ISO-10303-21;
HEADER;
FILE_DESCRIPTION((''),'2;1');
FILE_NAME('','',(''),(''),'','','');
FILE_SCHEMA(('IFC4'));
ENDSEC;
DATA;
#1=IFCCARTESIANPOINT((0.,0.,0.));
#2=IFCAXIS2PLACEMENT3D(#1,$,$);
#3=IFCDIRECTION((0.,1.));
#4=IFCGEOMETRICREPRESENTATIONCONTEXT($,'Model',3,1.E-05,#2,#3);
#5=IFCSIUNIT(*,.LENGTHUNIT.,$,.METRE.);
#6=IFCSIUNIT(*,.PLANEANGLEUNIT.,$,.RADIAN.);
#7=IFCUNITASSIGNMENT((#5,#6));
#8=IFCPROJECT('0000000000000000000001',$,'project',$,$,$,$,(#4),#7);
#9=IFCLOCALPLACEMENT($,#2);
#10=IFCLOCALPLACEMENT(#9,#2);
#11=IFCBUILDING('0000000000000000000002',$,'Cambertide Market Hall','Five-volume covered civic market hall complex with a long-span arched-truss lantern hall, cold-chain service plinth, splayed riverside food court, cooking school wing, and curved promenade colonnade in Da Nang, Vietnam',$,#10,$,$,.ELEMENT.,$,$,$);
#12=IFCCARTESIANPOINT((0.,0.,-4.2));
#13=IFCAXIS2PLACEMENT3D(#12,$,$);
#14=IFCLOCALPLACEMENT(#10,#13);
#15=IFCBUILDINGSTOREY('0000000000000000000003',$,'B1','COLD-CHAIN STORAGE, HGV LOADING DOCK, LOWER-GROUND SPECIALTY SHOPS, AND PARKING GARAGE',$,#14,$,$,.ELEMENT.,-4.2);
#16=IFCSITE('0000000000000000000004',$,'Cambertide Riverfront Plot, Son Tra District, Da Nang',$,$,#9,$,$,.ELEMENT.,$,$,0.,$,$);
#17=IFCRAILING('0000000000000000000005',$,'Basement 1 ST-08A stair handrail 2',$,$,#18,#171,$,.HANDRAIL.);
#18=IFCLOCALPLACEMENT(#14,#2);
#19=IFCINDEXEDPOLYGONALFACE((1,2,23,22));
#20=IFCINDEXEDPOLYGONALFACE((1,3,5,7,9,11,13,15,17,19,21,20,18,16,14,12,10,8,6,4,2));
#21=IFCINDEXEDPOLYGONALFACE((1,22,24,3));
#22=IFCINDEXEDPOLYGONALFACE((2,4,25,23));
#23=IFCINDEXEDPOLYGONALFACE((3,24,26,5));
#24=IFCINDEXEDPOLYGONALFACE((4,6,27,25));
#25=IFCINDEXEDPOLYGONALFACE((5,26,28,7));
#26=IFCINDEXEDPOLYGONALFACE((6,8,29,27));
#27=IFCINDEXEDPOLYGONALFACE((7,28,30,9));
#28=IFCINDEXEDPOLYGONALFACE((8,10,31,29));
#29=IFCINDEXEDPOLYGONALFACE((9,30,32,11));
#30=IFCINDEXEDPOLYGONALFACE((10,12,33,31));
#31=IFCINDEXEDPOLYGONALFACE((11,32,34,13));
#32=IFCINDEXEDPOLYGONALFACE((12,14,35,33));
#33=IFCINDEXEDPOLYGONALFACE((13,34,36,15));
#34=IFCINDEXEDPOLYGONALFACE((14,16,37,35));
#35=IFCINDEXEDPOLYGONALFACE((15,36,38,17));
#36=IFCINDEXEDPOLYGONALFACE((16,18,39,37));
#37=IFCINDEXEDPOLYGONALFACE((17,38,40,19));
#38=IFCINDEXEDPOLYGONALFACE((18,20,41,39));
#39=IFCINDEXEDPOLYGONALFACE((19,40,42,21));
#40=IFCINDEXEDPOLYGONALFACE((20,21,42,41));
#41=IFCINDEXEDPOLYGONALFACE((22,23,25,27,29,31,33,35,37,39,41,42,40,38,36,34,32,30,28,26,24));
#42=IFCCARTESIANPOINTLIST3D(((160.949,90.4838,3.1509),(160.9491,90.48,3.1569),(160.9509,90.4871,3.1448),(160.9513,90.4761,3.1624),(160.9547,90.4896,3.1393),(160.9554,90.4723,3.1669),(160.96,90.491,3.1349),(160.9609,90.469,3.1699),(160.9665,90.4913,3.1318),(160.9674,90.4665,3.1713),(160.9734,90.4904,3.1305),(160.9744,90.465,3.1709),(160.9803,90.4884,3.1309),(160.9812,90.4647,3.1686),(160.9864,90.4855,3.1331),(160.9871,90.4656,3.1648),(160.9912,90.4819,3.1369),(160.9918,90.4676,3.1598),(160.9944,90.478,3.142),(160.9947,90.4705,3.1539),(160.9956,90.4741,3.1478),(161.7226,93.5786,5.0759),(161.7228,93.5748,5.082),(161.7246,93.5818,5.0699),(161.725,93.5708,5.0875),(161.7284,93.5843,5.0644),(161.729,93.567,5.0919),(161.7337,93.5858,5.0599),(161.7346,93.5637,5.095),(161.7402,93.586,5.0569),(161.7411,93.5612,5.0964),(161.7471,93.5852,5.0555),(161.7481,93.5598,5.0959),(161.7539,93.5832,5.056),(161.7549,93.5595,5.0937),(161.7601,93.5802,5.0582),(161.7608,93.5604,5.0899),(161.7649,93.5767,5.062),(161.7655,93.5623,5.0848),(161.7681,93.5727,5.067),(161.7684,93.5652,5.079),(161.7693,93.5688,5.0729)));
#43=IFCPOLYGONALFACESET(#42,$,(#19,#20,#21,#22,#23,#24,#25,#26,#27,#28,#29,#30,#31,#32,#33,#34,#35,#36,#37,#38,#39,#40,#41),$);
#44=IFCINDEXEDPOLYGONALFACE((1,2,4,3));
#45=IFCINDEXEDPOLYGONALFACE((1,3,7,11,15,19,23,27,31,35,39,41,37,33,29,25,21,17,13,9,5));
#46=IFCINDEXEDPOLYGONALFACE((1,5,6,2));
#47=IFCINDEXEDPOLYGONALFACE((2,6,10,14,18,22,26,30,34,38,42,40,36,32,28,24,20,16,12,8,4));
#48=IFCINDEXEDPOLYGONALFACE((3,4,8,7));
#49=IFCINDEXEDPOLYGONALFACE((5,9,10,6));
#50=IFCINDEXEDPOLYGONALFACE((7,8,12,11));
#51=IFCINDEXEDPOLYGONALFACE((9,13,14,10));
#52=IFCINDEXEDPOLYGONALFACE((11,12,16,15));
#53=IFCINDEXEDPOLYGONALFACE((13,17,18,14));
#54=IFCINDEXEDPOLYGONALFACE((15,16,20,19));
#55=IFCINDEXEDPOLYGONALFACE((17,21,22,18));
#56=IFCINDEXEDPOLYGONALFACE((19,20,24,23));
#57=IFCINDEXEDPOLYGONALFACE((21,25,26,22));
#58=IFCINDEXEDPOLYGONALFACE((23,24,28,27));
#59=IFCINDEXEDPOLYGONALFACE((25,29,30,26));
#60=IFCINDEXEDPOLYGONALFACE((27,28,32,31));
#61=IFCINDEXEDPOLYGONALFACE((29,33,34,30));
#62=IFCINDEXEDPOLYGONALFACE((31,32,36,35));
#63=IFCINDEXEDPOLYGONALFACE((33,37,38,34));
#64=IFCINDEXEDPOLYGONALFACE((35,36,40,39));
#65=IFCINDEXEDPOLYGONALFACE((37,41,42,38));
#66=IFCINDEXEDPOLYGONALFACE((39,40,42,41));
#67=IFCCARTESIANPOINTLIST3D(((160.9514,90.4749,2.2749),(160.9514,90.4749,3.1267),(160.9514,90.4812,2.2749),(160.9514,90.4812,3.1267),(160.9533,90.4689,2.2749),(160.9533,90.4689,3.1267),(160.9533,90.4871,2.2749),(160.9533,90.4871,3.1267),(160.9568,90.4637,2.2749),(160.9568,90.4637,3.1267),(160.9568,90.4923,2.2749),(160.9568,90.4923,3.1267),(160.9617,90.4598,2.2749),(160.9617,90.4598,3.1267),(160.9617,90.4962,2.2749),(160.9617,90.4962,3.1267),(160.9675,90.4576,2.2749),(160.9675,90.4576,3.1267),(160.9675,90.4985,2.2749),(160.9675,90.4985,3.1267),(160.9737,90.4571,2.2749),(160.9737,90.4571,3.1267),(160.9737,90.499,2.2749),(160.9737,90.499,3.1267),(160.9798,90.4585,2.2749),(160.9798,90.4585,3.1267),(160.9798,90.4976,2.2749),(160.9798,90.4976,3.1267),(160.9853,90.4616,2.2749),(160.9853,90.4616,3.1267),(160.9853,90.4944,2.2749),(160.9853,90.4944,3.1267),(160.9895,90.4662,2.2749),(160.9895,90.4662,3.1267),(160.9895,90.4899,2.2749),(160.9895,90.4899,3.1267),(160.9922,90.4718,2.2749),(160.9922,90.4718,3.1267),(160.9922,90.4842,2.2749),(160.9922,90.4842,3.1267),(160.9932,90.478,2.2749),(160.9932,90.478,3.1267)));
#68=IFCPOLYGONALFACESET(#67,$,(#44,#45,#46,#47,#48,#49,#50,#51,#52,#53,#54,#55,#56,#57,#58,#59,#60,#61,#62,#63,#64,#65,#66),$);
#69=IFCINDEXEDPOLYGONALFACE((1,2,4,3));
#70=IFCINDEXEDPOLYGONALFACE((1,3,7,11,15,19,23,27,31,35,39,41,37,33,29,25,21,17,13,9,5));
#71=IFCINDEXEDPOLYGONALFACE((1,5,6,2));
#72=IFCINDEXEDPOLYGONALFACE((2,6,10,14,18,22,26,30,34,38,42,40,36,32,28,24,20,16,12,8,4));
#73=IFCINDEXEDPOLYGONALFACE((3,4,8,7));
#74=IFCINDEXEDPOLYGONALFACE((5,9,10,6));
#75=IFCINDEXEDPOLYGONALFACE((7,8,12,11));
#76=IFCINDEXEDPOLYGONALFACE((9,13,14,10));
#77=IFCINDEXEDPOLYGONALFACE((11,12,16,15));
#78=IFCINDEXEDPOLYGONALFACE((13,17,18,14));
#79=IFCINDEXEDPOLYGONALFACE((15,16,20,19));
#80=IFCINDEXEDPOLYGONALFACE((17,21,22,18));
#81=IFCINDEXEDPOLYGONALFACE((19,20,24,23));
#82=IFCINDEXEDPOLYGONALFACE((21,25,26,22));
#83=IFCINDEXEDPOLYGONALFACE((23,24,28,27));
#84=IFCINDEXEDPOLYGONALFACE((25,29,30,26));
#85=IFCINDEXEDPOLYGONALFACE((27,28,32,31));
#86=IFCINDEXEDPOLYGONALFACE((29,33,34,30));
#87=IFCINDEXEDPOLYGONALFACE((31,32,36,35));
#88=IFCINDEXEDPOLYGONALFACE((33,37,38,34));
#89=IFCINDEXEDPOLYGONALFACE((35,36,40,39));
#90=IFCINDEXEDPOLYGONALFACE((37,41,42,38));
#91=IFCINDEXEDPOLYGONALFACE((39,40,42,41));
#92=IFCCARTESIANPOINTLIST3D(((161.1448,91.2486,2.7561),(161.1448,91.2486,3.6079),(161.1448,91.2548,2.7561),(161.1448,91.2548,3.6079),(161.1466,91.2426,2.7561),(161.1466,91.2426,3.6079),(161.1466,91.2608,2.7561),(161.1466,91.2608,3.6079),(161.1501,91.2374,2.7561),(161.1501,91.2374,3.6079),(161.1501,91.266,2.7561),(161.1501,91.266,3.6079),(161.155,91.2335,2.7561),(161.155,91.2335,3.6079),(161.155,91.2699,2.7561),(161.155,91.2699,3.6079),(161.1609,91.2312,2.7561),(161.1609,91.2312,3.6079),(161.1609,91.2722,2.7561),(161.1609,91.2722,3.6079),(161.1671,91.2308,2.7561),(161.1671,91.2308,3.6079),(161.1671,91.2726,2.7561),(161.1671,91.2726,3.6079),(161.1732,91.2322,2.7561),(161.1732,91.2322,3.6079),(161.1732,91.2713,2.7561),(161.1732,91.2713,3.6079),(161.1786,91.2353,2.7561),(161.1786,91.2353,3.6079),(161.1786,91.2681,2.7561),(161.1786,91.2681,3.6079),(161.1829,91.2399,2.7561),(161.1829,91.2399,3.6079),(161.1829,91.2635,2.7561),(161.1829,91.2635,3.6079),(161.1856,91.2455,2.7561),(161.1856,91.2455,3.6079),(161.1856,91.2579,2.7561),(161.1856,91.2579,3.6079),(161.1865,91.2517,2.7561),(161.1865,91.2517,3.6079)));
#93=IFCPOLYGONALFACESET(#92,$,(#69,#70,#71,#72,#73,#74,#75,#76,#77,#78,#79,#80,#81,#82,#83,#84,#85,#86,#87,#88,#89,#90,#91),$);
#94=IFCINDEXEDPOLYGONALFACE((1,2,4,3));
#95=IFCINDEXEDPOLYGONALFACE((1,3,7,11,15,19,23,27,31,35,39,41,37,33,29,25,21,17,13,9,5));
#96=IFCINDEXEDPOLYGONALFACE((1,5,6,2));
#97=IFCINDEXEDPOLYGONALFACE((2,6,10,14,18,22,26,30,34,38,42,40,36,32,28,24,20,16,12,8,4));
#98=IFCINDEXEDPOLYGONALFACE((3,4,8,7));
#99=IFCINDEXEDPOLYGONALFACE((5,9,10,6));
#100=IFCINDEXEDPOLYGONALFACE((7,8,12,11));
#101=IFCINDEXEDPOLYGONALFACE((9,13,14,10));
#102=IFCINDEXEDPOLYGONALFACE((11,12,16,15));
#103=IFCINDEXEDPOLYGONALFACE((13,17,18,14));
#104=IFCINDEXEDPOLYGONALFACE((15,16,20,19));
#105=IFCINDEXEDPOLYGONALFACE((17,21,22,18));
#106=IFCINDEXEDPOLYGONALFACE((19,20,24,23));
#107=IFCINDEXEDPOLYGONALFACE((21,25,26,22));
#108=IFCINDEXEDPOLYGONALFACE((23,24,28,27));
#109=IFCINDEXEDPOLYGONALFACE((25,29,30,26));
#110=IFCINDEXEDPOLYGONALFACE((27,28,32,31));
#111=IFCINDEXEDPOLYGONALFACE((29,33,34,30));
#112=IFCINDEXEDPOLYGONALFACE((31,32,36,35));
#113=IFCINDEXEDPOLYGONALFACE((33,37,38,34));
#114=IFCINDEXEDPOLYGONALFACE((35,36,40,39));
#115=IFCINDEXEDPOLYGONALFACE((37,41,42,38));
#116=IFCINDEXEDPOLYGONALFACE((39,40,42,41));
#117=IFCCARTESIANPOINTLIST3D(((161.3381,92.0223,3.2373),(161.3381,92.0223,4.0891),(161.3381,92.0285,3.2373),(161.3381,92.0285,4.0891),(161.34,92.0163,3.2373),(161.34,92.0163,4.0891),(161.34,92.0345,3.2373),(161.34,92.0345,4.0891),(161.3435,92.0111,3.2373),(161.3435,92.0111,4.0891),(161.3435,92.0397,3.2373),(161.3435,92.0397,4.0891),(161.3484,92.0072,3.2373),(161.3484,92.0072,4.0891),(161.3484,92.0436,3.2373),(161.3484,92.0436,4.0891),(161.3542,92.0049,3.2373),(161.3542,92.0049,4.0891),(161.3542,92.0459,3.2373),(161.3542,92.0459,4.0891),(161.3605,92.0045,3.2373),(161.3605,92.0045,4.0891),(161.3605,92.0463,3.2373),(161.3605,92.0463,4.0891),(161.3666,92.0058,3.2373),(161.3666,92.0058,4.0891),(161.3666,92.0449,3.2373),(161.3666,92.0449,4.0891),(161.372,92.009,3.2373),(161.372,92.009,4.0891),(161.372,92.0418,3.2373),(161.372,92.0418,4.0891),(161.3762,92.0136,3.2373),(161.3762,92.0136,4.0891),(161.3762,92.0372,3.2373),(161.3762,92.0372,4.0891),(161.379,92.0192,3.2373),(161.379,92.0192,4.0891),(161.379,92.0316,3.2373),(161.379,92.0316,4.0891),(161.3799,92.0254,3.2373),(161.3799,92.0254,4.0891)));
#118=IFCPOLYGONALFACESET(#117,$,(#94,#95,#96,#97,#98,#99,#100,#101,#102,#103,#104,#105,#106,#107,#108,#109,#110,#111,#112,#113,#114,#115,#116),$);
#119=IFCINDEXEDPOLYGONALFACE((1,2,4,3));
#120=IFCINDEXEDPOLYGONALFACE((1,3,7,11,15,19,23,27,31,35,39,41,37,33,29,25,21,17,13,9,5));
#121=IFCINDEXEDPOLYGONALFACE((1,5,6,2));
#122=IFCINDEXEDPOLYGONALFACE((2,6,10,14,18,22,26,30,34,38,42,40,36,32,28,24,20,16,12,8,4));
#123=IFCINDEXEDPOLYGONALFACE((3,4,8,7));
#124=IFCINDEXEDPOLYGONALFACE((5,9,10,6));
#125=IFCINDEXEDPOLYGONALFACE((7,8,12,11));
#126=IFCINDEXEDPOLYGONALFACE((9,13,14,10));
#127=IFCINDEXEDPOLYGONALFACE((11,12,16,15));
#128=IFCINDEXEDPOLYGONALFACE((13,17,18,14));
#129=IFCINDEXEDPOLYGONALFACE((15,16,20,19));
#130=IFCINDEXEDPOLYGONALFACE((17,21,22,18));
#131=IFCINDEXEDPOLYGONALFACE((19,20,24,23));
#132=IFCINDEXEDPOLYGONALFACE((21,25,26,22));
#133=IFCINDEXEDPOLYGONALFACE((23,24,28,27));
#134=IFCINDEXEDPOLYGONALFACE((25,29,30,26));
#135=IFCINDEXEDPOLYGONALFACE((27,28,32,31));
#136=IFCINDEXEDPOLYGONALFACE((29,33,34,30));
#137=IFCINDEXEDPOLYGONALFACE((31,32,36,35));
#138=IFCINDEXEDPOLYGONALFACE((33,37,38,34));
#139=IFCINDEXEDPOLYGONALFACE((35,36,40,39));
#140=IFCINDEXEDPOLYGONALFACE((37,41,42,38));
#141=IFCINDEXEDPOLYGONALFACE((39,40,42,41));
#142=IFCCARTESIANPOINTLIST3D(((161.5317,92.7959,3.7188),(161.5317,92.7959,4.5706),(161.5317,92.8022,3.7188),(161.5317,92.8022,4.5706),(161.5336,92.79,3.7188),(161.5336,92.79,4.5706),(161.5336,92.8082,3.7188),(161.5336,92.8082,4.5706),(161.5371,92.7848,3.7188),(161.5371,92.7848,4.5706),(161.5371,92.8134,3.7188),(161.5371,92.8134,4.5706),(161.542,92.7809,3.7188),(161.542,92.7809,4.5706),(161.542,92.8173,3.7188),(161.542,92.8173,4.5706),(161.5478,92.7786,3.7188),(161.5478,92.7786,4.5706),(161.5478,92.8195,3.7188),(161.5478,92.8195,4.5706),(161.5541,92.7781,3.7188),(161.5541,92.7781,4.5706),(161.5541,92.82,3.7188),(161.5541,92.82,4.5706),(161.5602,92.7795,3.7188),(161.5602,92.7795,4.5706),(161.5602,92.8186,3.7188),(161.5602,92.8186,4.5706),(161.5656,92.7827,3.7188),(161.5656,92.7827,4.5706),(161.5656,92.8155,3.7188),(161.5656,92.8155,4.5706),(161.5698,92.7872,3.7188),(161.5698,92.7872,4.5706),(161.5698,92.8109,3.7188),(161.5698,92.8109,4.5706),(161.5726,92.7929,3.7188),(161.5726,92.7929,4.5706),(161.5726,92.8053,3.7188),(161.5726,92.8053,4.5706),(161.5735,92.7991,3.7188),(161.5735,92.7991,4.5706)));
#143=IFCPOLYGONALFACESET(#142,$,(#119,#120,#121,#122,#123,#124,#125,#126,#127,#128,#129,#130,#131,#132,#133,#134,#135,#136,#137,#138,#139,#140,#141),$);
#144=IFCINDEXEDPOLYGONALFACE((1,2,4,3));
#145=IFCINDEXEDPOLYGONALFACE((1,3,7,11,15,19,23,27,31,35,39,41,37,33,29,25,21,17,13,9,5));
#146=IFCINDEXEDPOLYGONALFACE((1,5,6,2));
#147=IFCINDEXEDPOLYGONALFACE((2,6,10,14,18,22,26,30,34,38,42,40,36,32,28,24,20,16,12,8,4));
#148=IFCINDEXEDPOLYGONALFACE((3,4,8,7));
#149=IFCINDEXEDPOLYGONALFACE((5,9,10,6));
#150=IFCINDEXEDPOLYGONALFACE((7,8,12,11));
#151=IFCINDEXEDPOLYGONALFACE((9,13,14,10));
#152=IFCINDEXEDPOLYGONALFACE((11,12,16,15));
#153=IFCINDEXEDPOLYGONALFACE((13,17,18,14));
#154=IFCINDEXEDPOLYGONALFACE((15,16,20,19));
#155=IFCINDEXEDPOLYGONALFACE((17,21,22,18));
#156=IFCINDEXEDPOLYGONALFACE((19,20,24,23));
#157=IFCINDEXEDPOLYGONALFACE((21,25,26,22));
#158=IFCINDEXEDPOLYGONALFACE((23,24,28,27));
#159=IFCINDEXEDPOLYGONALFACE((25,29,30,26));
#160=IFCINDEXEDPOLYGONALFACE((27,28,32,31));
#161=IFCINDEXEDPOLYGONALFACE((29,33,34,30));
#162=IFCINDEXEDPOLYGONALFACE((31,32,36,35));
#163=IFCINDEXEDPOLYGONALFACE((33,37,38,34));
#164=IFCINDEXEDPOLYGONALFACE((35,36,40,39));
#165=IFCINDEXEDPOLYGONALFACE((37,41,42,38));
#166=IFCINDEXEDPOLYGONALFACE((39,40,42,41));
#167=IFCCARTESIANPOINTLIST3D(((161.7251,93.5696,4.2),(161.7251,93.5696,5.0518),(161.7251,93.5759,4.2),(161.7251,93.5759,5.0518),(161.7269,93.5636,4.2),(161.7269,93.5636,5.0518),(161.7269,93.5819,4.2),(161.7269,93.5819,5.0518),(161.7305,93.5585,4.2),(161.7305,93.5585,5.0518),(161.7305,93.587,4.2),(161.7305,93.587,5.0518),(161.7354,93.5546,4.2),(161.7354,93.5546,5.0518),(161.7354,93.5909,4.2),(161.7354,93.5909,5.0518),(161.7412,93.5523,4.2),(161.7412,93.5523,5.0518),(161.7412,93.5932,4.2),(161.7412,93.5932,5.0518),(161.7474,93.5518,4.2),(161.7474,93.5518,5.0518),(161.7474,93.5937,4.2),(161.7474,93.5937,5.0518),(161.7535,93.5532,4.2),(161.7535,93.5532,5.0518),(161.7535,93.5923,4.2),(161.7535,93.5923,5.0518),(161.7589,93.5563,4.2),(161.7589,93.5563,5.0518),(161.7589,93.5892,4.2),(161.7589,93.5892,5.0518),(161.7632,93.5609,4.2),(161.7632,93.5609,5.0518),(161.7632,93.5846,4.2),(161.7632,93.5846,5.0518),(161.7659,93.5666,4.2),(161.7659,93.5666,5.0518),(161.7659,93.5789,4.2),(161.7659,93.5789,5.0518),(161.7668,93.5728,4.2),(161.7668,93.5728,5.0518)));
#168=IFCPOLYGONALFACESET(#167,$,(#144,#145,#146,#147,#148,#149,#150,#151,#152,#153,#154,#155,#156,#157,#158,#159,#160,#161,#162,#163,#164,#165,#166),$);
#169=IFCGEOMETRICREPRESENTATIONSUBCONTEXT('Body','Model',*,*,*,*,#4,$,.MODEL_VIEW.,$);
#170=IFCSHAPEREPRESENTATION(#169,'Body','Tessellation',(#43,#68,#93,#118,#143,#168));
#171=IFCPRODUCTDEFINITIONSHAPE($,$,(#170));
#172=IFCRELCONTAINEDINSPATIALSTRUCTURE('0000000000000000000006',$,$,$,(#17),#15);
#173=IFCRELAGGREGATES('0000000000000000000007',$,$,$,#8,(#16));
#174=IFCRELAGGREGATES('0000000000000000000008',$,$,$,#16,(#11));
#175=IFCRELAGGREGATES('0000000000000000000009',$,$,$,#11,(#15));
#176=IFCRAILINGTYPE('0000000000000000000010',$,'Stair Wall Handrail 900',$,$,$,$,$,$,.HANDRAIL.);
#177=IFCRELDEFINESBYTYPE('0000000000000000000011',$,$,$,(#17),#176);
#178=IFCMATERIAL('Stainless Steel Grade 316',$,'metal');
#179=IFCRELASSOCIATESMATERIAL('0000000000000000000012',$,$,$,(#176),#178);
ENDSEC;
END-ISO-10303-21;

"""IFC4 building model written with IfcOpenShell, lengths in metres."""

from ifc_helpers import new_model, si_unit, direction, frame, origin, origin_2d, place, context, subcontext, project, spatial, circle, extrude, material, type_object, element, save


model = new_model("IFC4")

# Units and contexts
model_context = context("Model", 3, precision=1e-05, world=origin(), true_north=direction((0.0, 1.0)))
body_context = subcontext(model_context, "Body", "Model", "MODEL_VIEW")
ifc_project = project(units=[si_unit("LENGTHUNIT", "METRE"), si_unit("PLANEANGLEUNIT", "RADIAN")], contexts=[model_context])

# Site, building, storey
site_placement = place(None, origin())
site = spatial("IfcSite", under=ifc_project, at=site_placement, Name="Cambertide Riverfront Plot, Son Tra District, Da Nang", CompositionType="ELEMENT", RefElevation=0.0)
building_placement = place(site_placement, origin())
building = spatial("IfcBuilding", under=site, at=building_placement, Name="Cambertide Market Hall", Description="Five-volume covered civic market hall complex with a long-span arched-truss lantern hall, cold-chain service plinth, splayed riverside food court, cooking school wing, and curved promenade colonnade in Da Nang, Vietnam", CompositionType="ELEMENT")
storey_placement = place(building_placement, frame((0.0, 0.0, -4.2)))
storey = spatial("IfcBuildingStorey", under=building, at=storey_placement, Name="B1", Description="COLD-CHAIN STORAGE, HGV LOADING DOCK, LOWER-GROUND SPECIALTY SHOPS, AND PARKING GARAGE", CompositionType="ELEMENT", Elevation=-4.2)

# Railing
ifc_material_1 = material(Name="Stainless Steel Grade 316", Category="metal")
railing_type = type_object("IfcRailingType", Name="Stair Wall Handrail 900", PredefinedType="HANDRAIL", material=ifc_material_1)
railing_placement = place(storey_placement, frame((160.9722, 90.478, 2.2749)))
element("IfcRailing", 1, at=railing_placement, inside=storey, type_object=railing_type, Name="Basement 1 ST-08A stair handrail 2", PredefinedType="HANDRAIL", context=body_context, shape_type="SweptSolid", body=[
    extrude(circle(Radius=0.0239, at=origin_2d()), frame((0.0, 0.0, 0.876), z_axis=(0.207654, 0.830616, 0.516678), x_axis=(-0.970143, 0.242536, 0.0)), (0.0, 0.0, 1.0), 3.7258),
    extrude(circle(Radius=0.021, at=origin_2d()), origin(), (0.0, 0.0, 1.0), 0.8518),
    extrude(circle(Radius=0.021, at=origin_2d()), frame((0.1934, 0.7737, 0.4812)), (0.0, 0.0, 1.0), 0.8518),
    extrude(circle(Radius=0.021, at=origin_2d()), frame((0.3867, 1.5474, 0.9624)), (0.0, 0.0, 1.0), 0.8518),
    extrude(circle(Radius=0.021, at=origin_2d()), frame((0.5803, 2.321, 1.4438)), (0.0, 0.0, 1.0), 0.8518),
    extrude(circle(Radius=0.021, at=origin_2d()), frame((0.7737, 3.0947, 1.925)), (0.0, 0.0, 1.0), 0.8518),
])

save(model, "model.ifc")
